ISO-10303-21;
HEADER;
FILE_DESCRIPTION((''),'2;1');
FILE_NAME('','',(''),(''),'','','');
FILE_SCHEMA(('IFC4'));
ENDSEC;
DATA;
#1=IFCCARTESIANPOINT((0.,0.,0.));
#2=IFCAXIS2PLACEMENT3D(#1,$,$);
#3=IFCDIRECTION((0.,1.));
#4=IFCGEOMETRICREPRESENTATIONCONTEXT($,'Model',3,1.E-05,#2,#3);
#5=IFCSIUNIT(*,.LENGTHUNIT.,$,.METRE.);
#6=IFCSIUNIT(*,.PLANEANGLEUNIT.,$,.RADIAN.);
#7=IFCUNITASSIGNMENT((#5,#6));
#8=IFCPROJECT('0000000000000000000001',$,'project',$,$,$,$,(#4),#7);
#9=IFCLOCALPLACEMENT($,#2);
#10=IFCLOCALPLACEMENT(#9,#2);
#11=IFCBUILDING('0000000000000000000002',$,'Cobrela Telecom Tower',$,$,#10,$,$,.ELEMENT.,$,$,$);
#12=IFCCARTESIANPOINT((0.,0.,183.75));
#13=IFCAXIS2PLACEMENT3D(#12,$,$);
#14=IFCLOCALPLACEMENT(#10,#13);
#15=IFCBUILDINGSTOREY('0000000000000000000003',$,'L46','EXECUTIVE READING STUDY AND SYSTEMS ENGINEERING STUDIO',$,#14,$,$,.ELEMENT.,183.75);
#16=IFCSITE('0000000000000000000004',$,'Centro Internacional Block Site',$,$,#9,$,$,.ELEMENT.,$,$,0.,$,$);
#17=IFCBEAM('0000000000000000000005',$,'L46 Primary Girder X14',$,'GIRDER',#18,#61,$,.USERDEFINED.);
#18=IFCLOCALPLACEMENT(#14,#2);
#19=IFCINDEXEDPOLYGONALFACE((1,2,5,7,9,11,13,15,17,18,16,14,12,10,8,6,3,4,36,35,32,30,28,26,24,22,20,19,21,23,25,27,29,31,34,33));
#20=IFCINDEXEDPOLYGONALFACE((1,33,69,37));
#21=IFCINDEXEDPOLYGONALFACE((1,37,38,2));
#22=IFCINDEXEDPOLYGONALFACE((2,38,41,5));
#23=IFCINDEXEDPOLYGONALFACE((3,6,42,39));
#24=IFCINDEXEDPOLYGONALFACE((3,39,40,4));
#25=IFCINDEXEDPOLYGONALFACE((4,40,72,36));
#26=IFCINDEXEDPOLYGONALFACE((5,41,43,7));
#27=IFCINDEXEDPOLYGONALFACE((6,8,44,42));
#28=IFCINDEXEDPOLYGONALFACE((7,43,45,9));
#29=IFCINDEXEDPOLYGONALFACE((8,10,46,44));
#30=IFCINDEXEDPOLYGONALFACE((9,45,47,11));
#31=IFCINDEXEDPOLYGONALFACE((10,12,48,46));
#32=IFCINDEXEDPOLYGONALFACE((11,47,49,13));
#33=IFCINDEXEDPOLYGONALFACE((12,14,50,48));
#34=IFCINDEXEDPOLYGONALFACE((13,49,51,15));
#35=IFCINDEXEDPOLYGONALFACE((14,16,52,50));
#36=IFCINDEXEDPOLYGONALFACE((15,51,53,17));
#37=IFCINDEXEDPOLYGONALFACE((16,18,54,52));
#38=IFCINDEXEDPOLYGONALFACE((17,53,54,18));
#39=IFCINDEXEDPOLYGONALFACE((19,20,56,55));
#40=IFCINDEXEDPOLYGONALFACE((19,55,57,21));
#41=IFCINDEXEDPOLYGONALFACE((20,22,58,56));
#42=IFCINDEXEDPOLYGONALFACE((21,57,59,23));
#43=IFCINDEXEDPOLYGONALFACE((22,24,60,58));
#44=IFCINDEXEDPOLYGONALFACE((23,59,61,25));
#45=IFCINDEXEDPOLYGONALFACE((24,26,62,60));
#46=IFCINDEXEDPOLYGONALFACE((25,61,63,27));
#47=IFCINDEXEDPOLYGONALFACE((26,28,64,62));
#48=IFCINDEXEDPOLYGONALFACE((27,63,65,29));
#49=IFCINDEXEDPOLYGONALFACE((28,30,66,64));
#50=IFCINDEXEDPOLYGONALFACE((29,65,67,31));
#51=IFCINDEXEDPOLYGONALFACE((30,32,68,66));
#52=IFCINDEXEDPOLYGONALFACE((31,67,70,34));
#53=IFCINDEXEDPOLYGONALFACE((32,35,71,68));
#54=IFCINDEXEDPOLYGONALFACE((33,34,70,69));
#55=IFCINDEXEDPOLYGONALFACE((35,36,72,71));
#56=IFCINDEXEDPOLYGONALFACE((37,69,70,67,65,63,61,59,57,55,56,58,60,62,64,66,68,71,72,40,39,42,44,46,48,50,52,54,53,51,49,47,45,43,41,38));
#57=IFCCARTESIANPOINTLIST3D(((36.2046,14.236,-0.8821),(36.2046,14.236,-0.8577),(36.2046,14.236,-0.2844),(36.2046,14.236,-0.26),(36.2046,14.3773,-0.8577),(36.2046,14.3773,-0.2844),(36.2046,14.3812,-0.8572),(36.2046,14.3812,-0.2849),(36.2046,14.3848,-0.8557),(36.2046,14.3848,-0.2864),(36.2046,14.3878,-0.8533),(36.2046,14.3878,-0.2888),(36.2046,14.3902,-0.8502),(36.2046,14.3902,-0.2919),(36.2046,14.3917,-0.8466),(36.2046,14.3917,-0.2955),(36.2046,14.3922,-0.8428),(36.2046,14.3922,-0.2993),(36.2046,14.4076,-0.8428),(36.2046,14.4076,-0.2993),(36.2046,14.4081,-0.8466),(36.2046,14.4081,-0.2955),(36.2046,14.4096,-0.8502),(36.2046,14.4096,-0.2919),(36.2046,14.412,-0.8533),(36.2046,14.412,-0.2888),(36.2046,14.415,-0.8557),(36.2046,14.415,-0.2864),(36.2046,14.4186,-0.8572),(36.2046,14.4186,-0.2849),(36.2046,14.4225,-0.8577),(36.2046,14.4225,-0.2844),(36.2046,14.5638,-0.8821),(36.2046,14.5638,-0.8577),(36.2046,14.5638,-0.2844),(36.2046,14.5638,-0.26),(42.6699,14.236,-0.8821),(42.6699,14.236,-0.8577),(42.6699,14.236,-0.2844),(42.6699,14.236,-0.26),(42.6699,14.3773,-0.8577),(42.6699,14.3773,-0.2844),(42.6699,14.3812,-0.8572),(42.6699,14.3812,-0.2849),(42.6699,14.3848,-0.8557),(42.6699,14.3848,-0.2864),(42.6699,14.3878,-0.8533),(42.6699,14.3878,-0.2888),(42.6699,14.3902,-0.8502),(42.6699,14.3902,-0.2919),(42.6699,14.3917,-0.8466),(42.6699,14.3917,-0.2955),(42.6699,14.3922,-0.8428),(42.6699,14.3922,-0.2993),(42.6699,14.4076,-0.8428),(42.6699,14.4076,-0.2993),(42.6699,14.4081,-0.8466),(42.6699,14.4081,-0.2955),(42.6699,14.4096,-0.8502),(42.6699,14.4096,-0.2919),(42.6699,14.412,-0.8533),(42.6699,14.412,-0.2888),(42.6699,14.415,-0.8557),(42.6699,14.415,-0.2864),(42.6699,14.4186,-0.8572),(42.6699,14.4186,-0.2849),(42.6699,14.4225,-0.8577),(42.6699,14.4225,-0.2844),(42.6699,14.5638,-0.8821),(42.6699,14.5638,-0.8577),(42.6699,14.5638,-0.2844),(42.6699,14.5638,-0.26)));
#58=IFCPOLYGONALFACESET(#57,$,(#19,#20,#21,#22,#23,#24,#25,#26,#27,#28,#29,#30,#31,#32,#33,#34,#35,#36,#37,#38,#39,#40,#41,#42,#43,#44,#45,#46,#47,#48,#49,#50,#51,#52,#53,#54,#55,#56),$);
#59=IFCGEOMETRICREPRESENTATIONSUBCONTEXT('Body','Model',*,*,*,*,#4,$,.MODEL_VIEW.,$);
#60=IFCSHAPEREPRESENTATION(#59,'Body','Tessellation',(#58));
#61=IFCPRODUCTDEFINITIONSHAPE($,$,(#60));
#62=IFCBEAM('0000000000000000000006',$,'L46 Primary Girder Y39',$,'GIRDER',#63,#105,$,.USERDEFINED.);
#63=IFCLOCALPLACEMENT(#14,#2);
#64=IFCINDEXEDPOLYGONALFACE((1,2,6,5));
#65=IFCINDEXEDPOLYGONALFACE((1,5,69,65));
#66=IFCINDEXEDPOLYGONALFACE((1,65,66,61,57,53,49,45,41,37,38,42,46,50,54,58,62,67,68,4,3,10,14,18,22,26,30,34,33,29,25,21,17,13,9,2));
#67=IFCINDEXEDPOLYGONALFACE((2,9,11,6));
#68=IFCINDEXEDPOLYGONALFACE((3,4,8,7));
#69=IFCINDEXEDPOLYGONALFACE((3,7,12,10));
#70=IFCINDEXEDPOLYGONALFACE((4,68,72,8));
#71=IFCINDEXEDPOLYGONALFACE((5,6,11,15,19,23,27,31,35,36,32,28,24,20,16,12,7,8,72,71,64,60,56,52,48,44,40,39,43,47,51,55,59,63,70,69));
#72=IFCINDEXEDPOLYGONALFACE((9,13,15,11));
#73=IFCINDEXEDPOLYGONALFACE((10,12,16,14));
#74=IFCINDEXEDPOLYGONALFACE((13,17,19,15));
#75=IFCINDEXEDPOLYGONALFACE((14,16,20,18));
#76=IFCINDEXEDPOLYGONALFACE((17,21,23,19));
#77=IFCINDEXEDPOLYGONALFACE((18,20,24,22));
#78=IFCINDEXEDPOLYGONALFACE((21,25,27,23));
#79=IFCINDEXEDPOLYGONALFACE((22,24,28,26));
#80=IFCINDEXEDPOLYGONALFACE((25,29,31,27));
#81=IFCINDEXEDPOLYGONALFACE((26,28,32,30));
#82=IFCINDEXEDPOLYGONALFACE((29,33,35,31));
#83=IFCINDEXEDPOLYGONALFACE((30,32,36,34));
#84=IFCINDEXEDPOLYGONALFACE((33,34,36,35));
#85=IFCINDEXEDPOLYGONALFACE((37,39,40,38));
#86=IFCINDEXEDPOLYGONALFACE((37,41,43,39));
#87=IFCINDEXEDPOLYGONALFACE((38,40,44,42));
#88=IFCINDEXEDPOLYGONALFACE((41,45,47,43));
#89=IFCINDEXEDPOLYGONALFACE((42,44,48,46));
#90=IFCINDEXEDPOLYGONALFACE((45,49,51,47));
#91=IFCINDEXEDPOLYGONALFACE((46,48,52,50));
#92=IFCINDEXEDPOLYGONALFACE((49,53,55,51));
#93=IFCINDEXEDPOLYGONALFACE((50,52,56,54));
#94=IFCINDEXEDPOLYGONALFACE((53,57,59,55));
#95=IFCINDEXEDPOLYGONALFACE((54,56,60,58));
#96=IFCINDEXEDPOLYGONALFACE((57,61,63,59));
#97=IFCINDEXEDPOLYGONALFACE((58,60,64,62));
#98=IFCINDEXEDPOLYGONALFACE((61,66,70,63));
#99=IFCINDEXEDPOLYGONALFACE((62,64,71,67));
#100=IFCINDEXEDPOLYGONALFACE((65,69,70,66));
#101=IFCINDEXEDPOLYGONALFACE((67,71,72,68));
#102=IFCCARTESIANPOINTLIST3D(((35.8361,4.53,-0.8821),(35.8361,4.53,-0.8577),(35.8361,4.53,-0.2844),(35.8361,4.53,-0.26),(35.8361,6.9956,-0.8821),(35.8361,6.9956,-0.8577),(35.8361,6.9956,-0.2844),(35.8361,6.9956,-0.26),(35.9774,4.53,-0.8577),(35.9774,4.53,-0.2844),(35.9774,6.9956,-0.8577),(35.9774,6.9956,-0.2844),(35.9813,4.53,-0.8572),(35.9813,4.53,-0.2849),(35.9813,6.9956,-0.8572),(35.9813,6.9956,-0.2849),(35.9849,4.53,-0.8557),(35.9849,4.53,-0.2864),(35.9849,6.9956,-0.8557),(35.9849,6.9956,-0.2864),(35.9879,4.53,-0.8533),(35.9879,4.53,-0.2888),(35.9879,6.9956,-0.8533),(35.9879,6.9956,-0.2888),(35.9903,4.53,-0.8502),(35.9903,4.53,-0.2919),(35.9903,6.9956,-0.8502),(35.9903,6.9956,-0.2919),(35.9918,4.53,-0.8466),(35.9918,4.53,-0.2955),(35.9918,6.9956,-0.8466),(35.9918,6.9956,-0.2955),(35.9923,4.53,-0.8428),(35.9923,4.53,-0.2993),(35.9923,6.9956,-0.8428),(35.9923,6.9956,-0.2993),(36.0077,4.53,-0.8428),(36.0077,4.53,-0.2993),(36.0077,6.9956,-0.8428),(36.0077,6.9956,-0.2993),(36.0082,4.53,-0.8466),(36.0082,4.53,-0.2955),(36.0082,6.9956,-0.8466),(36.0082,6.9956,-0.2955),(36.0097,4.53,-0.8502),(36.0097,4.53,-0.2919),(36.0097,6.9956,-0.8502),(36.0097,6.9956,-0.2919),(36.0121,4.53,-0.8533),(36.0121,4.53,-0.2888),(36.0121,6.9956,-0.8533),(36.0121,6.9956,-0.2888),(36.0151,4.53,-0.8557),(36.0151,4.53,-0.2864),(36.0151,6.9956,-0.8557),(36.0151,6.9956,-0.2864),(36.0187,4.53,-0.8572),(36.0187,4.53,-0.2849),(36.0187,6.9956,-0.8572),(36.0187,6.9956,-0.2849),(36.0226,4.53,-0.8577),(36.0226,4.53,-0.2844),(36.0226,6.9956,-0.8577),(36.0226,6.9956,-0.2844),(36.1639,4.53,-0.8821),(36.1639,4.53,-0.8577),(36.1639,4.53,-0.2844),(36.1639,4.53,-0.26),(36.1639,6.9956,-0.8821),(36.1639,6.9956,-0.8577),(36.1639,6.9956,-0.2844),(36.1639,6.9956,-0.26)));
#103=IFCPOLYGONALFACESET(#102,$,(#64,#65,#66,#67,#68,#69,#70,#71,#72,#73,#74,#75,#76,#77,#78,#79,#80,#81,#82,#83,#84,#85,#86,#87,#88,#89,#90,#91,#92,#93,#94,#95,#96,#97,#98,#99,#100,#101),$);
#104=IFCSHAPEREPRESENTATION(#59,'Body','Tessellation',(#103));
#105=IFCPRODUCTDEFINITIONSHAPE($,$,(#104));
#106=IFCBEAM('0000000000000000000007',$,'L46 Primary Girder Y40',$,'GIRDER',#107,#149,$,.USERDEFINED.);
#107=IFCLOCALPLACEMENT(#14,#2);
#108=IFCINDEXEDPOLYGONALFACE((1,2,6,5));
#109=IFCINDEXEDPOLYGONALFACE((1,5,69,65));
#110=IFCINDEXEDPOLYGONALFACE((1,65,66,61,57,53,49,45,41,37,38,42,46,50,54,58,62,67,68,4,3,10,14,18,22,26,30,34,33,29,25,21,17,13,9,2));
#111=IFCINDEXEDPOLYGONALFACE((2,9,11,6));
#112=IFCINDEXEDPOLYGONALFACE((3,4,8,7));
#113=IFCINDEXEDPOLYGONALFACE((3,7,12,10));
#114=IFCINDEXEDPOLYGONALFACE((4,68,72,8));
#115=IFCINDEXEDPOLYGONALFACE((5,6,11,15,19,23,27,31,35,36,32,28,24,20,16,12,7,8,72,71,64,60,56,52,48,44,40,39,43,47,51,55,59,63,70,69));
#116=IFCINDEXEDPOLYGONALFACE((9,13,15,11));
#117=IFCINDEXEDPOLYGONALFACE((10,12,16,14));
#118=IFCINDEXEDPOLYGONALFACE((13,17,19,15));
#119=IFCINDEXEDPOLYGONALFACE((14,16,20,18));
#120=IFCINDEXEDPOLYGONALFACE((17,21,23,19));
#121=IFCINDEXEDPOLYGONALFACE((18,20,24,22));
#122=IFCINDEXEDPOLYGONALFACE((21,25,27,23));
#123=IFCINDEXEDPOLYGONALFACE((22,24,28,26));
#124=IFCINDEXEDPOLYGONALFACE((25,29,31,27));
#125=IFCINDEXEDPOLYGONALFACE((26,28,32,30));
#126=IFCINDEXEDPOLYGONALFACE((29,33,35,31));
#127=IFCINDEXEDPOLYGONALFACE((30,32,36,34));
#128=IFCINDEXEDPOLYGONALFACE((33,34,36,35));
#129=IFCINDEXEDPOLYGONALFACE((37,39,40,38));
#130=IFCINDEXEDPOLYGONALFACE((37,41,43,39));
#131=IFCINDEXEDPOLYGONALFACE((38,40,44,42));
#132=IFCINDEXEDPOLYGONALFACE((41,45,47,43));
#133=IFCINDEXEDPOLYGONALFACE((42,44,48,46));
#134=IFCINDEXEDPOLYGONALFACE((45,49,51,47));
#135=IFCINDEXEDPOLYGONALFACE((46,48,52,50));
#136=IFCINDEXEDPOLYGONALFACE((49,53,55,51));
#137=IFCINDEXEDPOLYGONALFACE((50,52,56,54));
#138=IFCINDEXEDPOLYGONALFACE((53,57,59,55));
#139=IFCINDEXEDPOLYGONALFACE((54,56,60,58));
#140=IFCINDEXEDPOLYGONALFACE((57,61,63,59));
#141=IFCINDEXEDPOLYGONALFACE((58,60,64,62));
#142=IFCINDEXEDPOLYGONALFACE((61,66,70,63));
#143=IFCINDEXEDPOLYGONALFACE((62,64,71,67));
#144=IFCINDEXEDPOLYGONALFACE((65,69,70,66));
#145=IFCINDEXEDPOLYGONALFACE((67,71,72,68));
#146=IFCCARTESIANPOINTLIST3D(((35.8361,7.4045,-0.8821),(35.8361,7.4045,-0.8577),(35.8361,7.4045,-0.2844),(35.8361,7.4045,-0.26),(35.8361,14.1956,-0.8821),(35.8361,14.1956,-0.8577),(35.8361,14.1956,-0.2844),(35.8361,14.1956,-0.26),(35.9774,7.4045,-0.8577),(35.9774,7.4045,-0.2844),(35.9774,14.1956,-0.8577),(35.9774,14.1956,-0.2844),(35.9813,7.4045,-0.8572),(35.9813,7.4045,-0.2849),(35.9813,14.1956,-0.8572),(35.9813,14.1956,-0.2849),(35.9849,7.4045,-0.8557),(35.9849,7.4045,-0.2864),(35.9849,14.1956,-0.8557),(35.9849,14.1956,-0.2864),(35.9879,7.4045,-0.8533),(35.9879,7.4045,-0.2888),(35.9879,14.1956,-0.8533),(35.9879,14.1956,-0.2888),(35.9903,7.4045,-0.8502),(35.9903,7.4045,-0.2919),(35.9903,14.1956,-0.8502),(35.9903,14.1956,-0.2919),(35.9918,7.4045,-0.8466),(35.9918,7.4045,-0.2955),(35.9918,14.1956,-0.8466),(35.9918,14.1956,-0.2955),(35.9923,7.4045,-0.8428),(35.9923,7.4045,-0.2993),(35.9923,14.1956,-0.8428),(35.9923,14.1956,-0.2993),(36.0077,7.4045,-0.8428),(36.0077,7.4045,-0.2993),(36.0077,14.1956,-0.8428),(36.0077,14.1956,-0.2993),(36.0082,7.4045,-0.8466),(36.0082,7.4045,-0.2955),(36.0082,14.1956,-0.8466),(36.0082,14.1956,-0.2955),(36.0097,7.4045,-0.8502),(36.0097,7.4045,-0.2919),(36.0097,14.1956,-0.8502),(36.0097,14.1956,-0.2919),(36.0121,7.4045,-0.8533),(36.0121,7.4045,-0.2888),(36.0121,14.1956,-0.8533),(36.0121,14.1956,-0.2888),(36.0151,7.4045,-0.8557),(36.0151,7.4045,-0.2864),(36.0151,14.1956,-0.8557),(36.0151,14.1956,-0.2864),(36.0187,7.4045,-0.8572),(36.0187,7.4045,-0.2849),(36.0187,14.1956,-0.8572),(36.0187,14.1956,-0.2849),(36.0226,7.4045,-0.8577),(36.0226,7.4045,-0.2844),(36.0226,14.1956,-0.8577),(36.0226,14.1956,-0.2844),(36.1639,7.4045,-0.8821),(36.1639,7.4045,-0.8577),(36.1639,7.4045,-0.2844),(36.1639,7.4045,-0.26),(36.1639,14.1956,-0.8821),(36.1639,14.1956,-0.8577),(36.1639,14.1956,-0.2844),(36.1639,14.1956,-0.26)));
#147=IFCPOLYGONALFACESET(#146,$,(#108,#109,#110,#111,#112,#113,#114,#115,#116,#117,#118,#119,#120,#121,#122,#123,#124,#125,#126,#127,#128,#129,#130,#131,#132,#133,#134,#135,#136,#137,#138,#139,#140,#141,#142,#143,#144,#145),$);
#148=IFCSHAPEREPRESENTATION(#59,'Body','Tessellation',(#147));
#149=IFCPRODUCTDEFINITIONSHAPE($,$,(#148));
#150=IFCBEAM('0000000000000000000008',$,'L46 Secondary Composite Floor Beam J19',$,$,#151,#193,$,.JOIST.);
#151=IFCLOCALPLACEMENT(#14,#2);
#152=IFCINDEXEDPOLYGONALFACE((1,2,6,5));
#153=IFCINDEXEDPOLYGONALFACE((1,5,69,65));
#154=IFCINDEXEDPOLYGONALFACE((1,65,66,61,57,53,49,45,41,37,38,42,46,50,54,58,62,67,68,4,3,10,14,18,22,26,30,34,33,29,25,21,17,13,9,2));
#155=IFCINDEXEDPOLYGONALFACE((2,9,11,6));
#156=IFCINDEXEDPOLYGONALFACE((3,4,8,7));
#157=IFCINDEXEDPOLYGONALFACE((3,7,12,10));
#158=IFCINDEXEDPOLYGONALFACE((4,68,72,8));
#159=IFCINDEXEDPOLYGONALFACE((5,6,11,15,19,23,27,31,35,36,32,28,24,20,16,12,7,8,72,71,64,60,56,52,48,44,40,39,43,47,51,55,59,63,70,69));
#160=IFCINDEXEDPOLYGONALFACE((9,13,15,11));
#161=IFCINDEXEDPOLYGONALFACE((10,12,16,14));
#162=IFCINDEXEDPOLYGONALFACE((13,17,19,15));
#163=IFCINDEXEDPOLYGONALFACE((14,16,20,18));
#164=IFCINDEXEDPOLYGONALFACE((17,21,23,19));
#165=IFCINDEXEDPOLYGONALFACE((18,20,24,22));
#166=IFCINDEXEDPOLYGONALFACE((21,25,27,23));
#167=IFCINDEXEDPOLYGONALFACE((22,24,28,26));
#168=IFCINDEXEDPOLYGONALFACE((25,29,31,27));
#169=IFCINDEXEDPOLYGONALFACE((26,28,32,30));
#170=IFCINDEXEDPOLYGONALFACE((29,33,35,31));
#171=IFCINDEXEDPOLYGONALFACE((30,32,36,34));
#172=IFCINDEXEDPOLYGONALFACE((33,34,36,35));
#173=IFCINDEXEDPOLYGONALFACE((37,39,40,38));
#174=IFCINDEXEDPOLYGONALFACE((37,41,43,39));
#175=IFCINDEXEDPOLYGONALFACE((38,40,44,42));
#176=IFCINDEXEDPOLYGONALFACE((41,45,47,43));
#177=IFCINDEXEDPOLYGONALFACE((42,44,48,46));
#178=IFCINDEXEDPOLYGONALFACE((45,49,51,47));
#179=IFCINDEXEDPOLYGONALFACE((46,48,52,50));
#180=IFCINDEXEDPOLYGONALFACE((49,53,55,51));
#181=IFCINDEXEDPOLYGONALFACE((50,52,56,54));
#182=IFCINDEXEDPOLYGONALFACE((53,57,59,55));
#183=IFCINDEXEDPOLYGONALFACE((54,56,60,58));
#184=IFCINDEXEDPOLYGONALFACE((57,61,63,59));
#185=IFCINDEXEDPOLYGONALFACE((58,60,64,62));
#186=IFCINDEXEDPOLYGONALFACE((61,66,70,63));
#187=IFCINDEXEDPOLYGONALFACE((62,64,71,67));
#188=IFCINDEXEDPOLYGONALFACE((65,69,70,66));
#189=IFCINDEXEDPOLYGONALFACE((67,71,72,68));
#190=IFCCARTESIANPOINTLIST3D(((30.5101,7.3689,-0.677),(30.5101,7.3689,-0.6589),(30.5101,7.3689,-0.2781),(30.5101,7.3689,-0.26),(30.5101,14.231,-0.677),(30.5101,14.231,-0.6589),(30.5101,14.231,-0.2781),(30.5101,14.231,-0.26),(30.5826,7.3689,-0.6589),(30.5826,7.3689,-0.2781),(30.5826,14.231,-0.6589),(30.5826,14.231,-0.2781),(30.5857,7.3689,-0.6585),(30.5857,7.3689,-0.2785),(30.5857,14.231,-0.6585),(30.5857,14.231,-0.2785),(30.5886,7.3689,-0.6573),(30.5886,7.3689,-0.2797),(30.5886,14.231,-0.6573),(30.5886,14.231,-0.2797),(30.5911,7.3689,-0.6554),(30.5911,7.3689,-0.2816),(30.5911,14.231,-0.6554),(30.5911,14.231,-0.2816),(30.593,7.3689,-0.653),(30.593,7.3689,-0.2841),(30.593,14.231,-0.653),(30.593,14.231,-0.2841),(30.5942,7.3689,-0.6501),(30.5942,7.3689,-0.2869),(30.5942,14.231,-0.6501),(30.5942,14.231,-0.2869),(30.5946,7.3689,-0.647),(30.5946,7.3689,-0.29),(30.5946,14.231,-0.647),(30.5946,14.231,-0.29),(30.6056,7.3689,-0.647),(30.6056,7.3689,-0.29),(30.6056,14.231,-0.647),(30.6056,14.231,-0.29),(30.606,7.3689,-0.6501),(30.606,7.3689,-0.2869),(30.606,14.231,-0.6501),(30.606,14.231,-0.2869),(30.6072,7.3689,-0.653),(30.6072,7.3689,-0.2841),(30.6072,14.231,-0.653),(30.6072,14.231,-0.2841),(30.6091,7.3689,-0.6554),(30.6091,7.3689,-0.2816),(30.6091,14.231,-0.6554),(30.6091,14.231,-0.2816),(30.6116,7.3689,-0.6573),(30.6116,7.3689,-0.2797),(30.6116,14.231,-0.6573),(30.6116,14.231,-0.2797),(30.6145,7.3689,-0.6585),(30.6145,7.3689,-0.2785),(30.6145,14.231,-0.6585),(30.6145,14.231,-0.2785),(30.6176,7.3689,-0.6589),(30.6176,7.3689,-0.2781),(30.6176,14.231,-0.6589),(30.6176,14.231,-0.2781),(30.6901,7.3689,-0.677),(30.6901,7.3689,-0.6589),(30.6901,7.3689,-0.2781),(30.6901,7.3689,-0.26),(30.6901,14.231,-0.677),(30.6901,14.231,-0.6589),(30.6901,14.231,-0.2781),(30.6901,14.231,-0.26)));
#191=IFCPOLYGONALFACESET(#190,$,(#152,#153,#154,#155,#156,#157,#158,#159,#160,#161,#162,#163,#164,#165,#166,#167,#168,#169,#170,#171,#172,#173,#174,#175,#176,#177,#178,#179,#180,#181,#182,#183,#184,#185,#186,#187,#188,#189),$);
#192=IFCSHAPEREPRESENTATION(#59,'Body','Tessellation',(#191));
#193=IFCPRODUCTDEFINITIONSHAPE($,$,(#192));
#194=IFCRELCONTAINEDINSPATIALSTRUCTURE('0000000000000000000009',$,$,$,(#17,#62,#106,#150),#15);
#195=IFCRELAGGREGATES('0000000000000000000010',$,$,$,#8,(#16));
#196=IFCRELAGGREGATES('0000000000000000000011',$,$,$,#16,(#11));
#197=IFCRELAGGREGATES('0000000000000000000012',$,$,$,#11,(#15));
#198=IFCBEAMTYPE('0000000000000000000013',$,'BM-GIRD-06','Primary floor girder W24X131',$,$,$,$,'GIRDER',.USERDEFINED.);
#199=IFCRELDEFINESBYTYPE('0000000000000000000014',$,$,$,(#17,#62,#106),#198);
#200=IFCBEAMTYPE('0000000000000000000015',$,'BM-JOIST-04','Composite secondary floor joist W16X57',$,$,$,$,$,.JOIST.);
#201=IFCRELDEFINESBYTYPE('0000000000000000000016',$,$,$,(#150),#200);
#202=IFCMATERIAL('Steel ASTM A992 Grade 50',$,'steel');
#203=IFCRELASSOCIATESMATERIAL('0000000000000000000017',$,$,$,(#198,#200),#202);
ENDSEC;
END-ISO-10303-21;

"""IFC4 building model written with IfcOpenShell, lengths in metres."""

from ifc_helpers import new_model, si_unit, direction, frame, origin, origin_2d, place, context, subcontext, project, spatial, i_section, extrude, material, material_profile, profile_set, type_object, element, save


model = new_model("IFC4")

# Units and contexts
model_context = context("Model", 3, precision=1e-05, world=origin(), true_north=direction((0.0, 1.0)))
body_context = subcontext(model_context, "Body", "Model", "MODEL_VIEW")
ifc_project = project(units=[si_unit("LENGTHUNIT", "METRE"), si_unit("PLANEANGLEUNIT", "RADIAN")], contexts=[model_context])

# Site, building, storey
site_placement = place(None, origin())
site = spatial("IfcSite", under=ifc_project, at=site_placement, Name="Centro Internacional Block Site", CompositionType="ELEMENT", RefElevation=0.0)
building_placement = place(site_placement, origin())
building = spatial("IfcBuilding", under=site, at=building_placement, Name="Cobrela Telecom Tower", CompositionType="ELEMENT")
storey_placement = place(building_placement, frame((0.0, 0.0, 183.75)))
storey = spatial("IfcBuildingStorey", under=building, at=storey_placement, Name="L46", Description="EXECUTIVE READING STUDY AND SYSTEMS ENGINEERING STUDIO", CompositionType="ELEMENT", Elevation=183.75)

# Shared definitions
ifc_material_1 = material(Name="Steel ASTM A992 Grade 50", Category="steel")

# Beams
ifc_material_profile_1 = material_profile(ifc_material_1, i_section(OverallWidth=0.3279, OverallDepth=0.6221, WebThickness=0.0154, FlangeThickness=0.0244, FilletRadius=0.0149, at=origin_2d()), Name="W24X131")
ifc_profile_set_1 = profile_set([ifc_material_profile_1], Name="Steel ASTM A992 Grade 50")
beam_type_1 = type_object("IfcBeamType", Name="BM-GIRD-06", Description="Primary floor girder W24X131", ElementType="GIRDER", PredefinedType="USERDEFINED", material=ifc_profile_set_1)
for number, where, z_axis, x_axis, name in (
    (1, (36.2046, 14.3999, -0.571), (1.0, 0.0, 0.0), (0.0, 1.0, 0.0), "L46 Primary Girder X14"),
):
    element("IfcBeam", number, at=place(storey_placement, frame(where, z_axis=z_axis, x_axis=x_axis)), inside=storey, type_object=beam_type_1, Name=name, ObjectType="GIRDER", PredefinedType="USERDEFINED", context=body_context, shape_type="SweptSolid", body=[
        extrude(i_section(OverallWidth=0.3279, OverallDepth=0.6221, WebThickness=0.0154, FlangeThickness=0.0244, FilletRadius=0.0149, at=origin_2d()), origin(), (0.0, 0.0, 1.0), 6.4653),
    ])
beam_1_placement = place(storey_placement, frame((36.0, 4.53, -0.571), z_axis=(0.0, 1.0, 0.0), x_axis=(-1.0, 0.0, 0.0)))
element("IfcBeam", 2, at=beam_1_placement, inside=storey, type_object=beam_type_1, Name="L46 Primary Girder Y39", ObjectType="GIRDER", PredefinedType="USERDEFINED", context=body_context, shape_type="SweptSolid", body=[
    extrude(i_section(OverallWidth=0.3279, OverallDepth=0.6221, WebThickness=0.0154, FlangeThickness=0.0244, FilletRadius=0.0149, at=origin_2d()), origin(), (0.0, 0.0, 1.0), 2.4656),
])
beam_2_placement = place(storey_placement, frame((36.0, 7.4045, -0.571), z_axis=(0.0, 1.0, 0.0), x_axis=(-1.0, 0.0, 0.0)))
element("IfcBeam", 3, at=beam_2_placement, inside=storey, type_object=beam_type_1, Name="L46 Primary Girder Y40", ObjectType="GIRDER", PredefinedType="USERDEFINED", context=body_context, shape_type="SweptSolid", body=[
    extrude(i_section(OverallWidth=0.3279, OverallDepth=0.6221, WebThickness=0.0154, FlangeThickness=0.0244, FilletRadius=0.0149, at=origin_2d()), origin(), (0.0, 0.0, 1.0), 6.791),
])
ifc_material_profile_2 = material_profile(ifc_material_1, i_section(OverallWidth=0.1799, OverallDepth=0.417, WebThickness=0.011, FlangeThickness=0.0181, FilletRadius=0.012, at=origin_2d()), Name="W16X57")
ifc_profile_set_2 = profile_set([ifc_material_profile_2], Name="Steel ASTM A992 Grade 50")
beam_type_2 = type_object("IfcBeamType", Name="BM-JOIST-04", Description="Composite secondary floor joist W16X57", PredefinedType="JOIST", material=ifc_profile_set_2)
for number, where, z_axis, x_axis, name in (
    (4, (30.6001, 7.3689, -0.4685), (0.0, 1.0, 0.0), (-1.0, 0.0, 0.0), "L46 Secondary Composite Floor Beam J19"),
):
    element("IfcBeam", number, at=place(storey_placement, frame(where, z_axis=z_axis, x_axis=x_axis)), inside=storey, type_object=beam_type_2, Name=name, PredefinedType="JOIST", context=body_context, shape_type="SweptSolid", body=[
        extrude(i_section(OverallWidth=0.1799, OverallDepth=0.417, WebThickness=0.011, FlangeThickness=0.0181, FilletRadius=0.012, at=origin_2d()), origin(), (0.0, 0.0, 1.0), 6.8621),
    ])

save(model, "model.ifc")
